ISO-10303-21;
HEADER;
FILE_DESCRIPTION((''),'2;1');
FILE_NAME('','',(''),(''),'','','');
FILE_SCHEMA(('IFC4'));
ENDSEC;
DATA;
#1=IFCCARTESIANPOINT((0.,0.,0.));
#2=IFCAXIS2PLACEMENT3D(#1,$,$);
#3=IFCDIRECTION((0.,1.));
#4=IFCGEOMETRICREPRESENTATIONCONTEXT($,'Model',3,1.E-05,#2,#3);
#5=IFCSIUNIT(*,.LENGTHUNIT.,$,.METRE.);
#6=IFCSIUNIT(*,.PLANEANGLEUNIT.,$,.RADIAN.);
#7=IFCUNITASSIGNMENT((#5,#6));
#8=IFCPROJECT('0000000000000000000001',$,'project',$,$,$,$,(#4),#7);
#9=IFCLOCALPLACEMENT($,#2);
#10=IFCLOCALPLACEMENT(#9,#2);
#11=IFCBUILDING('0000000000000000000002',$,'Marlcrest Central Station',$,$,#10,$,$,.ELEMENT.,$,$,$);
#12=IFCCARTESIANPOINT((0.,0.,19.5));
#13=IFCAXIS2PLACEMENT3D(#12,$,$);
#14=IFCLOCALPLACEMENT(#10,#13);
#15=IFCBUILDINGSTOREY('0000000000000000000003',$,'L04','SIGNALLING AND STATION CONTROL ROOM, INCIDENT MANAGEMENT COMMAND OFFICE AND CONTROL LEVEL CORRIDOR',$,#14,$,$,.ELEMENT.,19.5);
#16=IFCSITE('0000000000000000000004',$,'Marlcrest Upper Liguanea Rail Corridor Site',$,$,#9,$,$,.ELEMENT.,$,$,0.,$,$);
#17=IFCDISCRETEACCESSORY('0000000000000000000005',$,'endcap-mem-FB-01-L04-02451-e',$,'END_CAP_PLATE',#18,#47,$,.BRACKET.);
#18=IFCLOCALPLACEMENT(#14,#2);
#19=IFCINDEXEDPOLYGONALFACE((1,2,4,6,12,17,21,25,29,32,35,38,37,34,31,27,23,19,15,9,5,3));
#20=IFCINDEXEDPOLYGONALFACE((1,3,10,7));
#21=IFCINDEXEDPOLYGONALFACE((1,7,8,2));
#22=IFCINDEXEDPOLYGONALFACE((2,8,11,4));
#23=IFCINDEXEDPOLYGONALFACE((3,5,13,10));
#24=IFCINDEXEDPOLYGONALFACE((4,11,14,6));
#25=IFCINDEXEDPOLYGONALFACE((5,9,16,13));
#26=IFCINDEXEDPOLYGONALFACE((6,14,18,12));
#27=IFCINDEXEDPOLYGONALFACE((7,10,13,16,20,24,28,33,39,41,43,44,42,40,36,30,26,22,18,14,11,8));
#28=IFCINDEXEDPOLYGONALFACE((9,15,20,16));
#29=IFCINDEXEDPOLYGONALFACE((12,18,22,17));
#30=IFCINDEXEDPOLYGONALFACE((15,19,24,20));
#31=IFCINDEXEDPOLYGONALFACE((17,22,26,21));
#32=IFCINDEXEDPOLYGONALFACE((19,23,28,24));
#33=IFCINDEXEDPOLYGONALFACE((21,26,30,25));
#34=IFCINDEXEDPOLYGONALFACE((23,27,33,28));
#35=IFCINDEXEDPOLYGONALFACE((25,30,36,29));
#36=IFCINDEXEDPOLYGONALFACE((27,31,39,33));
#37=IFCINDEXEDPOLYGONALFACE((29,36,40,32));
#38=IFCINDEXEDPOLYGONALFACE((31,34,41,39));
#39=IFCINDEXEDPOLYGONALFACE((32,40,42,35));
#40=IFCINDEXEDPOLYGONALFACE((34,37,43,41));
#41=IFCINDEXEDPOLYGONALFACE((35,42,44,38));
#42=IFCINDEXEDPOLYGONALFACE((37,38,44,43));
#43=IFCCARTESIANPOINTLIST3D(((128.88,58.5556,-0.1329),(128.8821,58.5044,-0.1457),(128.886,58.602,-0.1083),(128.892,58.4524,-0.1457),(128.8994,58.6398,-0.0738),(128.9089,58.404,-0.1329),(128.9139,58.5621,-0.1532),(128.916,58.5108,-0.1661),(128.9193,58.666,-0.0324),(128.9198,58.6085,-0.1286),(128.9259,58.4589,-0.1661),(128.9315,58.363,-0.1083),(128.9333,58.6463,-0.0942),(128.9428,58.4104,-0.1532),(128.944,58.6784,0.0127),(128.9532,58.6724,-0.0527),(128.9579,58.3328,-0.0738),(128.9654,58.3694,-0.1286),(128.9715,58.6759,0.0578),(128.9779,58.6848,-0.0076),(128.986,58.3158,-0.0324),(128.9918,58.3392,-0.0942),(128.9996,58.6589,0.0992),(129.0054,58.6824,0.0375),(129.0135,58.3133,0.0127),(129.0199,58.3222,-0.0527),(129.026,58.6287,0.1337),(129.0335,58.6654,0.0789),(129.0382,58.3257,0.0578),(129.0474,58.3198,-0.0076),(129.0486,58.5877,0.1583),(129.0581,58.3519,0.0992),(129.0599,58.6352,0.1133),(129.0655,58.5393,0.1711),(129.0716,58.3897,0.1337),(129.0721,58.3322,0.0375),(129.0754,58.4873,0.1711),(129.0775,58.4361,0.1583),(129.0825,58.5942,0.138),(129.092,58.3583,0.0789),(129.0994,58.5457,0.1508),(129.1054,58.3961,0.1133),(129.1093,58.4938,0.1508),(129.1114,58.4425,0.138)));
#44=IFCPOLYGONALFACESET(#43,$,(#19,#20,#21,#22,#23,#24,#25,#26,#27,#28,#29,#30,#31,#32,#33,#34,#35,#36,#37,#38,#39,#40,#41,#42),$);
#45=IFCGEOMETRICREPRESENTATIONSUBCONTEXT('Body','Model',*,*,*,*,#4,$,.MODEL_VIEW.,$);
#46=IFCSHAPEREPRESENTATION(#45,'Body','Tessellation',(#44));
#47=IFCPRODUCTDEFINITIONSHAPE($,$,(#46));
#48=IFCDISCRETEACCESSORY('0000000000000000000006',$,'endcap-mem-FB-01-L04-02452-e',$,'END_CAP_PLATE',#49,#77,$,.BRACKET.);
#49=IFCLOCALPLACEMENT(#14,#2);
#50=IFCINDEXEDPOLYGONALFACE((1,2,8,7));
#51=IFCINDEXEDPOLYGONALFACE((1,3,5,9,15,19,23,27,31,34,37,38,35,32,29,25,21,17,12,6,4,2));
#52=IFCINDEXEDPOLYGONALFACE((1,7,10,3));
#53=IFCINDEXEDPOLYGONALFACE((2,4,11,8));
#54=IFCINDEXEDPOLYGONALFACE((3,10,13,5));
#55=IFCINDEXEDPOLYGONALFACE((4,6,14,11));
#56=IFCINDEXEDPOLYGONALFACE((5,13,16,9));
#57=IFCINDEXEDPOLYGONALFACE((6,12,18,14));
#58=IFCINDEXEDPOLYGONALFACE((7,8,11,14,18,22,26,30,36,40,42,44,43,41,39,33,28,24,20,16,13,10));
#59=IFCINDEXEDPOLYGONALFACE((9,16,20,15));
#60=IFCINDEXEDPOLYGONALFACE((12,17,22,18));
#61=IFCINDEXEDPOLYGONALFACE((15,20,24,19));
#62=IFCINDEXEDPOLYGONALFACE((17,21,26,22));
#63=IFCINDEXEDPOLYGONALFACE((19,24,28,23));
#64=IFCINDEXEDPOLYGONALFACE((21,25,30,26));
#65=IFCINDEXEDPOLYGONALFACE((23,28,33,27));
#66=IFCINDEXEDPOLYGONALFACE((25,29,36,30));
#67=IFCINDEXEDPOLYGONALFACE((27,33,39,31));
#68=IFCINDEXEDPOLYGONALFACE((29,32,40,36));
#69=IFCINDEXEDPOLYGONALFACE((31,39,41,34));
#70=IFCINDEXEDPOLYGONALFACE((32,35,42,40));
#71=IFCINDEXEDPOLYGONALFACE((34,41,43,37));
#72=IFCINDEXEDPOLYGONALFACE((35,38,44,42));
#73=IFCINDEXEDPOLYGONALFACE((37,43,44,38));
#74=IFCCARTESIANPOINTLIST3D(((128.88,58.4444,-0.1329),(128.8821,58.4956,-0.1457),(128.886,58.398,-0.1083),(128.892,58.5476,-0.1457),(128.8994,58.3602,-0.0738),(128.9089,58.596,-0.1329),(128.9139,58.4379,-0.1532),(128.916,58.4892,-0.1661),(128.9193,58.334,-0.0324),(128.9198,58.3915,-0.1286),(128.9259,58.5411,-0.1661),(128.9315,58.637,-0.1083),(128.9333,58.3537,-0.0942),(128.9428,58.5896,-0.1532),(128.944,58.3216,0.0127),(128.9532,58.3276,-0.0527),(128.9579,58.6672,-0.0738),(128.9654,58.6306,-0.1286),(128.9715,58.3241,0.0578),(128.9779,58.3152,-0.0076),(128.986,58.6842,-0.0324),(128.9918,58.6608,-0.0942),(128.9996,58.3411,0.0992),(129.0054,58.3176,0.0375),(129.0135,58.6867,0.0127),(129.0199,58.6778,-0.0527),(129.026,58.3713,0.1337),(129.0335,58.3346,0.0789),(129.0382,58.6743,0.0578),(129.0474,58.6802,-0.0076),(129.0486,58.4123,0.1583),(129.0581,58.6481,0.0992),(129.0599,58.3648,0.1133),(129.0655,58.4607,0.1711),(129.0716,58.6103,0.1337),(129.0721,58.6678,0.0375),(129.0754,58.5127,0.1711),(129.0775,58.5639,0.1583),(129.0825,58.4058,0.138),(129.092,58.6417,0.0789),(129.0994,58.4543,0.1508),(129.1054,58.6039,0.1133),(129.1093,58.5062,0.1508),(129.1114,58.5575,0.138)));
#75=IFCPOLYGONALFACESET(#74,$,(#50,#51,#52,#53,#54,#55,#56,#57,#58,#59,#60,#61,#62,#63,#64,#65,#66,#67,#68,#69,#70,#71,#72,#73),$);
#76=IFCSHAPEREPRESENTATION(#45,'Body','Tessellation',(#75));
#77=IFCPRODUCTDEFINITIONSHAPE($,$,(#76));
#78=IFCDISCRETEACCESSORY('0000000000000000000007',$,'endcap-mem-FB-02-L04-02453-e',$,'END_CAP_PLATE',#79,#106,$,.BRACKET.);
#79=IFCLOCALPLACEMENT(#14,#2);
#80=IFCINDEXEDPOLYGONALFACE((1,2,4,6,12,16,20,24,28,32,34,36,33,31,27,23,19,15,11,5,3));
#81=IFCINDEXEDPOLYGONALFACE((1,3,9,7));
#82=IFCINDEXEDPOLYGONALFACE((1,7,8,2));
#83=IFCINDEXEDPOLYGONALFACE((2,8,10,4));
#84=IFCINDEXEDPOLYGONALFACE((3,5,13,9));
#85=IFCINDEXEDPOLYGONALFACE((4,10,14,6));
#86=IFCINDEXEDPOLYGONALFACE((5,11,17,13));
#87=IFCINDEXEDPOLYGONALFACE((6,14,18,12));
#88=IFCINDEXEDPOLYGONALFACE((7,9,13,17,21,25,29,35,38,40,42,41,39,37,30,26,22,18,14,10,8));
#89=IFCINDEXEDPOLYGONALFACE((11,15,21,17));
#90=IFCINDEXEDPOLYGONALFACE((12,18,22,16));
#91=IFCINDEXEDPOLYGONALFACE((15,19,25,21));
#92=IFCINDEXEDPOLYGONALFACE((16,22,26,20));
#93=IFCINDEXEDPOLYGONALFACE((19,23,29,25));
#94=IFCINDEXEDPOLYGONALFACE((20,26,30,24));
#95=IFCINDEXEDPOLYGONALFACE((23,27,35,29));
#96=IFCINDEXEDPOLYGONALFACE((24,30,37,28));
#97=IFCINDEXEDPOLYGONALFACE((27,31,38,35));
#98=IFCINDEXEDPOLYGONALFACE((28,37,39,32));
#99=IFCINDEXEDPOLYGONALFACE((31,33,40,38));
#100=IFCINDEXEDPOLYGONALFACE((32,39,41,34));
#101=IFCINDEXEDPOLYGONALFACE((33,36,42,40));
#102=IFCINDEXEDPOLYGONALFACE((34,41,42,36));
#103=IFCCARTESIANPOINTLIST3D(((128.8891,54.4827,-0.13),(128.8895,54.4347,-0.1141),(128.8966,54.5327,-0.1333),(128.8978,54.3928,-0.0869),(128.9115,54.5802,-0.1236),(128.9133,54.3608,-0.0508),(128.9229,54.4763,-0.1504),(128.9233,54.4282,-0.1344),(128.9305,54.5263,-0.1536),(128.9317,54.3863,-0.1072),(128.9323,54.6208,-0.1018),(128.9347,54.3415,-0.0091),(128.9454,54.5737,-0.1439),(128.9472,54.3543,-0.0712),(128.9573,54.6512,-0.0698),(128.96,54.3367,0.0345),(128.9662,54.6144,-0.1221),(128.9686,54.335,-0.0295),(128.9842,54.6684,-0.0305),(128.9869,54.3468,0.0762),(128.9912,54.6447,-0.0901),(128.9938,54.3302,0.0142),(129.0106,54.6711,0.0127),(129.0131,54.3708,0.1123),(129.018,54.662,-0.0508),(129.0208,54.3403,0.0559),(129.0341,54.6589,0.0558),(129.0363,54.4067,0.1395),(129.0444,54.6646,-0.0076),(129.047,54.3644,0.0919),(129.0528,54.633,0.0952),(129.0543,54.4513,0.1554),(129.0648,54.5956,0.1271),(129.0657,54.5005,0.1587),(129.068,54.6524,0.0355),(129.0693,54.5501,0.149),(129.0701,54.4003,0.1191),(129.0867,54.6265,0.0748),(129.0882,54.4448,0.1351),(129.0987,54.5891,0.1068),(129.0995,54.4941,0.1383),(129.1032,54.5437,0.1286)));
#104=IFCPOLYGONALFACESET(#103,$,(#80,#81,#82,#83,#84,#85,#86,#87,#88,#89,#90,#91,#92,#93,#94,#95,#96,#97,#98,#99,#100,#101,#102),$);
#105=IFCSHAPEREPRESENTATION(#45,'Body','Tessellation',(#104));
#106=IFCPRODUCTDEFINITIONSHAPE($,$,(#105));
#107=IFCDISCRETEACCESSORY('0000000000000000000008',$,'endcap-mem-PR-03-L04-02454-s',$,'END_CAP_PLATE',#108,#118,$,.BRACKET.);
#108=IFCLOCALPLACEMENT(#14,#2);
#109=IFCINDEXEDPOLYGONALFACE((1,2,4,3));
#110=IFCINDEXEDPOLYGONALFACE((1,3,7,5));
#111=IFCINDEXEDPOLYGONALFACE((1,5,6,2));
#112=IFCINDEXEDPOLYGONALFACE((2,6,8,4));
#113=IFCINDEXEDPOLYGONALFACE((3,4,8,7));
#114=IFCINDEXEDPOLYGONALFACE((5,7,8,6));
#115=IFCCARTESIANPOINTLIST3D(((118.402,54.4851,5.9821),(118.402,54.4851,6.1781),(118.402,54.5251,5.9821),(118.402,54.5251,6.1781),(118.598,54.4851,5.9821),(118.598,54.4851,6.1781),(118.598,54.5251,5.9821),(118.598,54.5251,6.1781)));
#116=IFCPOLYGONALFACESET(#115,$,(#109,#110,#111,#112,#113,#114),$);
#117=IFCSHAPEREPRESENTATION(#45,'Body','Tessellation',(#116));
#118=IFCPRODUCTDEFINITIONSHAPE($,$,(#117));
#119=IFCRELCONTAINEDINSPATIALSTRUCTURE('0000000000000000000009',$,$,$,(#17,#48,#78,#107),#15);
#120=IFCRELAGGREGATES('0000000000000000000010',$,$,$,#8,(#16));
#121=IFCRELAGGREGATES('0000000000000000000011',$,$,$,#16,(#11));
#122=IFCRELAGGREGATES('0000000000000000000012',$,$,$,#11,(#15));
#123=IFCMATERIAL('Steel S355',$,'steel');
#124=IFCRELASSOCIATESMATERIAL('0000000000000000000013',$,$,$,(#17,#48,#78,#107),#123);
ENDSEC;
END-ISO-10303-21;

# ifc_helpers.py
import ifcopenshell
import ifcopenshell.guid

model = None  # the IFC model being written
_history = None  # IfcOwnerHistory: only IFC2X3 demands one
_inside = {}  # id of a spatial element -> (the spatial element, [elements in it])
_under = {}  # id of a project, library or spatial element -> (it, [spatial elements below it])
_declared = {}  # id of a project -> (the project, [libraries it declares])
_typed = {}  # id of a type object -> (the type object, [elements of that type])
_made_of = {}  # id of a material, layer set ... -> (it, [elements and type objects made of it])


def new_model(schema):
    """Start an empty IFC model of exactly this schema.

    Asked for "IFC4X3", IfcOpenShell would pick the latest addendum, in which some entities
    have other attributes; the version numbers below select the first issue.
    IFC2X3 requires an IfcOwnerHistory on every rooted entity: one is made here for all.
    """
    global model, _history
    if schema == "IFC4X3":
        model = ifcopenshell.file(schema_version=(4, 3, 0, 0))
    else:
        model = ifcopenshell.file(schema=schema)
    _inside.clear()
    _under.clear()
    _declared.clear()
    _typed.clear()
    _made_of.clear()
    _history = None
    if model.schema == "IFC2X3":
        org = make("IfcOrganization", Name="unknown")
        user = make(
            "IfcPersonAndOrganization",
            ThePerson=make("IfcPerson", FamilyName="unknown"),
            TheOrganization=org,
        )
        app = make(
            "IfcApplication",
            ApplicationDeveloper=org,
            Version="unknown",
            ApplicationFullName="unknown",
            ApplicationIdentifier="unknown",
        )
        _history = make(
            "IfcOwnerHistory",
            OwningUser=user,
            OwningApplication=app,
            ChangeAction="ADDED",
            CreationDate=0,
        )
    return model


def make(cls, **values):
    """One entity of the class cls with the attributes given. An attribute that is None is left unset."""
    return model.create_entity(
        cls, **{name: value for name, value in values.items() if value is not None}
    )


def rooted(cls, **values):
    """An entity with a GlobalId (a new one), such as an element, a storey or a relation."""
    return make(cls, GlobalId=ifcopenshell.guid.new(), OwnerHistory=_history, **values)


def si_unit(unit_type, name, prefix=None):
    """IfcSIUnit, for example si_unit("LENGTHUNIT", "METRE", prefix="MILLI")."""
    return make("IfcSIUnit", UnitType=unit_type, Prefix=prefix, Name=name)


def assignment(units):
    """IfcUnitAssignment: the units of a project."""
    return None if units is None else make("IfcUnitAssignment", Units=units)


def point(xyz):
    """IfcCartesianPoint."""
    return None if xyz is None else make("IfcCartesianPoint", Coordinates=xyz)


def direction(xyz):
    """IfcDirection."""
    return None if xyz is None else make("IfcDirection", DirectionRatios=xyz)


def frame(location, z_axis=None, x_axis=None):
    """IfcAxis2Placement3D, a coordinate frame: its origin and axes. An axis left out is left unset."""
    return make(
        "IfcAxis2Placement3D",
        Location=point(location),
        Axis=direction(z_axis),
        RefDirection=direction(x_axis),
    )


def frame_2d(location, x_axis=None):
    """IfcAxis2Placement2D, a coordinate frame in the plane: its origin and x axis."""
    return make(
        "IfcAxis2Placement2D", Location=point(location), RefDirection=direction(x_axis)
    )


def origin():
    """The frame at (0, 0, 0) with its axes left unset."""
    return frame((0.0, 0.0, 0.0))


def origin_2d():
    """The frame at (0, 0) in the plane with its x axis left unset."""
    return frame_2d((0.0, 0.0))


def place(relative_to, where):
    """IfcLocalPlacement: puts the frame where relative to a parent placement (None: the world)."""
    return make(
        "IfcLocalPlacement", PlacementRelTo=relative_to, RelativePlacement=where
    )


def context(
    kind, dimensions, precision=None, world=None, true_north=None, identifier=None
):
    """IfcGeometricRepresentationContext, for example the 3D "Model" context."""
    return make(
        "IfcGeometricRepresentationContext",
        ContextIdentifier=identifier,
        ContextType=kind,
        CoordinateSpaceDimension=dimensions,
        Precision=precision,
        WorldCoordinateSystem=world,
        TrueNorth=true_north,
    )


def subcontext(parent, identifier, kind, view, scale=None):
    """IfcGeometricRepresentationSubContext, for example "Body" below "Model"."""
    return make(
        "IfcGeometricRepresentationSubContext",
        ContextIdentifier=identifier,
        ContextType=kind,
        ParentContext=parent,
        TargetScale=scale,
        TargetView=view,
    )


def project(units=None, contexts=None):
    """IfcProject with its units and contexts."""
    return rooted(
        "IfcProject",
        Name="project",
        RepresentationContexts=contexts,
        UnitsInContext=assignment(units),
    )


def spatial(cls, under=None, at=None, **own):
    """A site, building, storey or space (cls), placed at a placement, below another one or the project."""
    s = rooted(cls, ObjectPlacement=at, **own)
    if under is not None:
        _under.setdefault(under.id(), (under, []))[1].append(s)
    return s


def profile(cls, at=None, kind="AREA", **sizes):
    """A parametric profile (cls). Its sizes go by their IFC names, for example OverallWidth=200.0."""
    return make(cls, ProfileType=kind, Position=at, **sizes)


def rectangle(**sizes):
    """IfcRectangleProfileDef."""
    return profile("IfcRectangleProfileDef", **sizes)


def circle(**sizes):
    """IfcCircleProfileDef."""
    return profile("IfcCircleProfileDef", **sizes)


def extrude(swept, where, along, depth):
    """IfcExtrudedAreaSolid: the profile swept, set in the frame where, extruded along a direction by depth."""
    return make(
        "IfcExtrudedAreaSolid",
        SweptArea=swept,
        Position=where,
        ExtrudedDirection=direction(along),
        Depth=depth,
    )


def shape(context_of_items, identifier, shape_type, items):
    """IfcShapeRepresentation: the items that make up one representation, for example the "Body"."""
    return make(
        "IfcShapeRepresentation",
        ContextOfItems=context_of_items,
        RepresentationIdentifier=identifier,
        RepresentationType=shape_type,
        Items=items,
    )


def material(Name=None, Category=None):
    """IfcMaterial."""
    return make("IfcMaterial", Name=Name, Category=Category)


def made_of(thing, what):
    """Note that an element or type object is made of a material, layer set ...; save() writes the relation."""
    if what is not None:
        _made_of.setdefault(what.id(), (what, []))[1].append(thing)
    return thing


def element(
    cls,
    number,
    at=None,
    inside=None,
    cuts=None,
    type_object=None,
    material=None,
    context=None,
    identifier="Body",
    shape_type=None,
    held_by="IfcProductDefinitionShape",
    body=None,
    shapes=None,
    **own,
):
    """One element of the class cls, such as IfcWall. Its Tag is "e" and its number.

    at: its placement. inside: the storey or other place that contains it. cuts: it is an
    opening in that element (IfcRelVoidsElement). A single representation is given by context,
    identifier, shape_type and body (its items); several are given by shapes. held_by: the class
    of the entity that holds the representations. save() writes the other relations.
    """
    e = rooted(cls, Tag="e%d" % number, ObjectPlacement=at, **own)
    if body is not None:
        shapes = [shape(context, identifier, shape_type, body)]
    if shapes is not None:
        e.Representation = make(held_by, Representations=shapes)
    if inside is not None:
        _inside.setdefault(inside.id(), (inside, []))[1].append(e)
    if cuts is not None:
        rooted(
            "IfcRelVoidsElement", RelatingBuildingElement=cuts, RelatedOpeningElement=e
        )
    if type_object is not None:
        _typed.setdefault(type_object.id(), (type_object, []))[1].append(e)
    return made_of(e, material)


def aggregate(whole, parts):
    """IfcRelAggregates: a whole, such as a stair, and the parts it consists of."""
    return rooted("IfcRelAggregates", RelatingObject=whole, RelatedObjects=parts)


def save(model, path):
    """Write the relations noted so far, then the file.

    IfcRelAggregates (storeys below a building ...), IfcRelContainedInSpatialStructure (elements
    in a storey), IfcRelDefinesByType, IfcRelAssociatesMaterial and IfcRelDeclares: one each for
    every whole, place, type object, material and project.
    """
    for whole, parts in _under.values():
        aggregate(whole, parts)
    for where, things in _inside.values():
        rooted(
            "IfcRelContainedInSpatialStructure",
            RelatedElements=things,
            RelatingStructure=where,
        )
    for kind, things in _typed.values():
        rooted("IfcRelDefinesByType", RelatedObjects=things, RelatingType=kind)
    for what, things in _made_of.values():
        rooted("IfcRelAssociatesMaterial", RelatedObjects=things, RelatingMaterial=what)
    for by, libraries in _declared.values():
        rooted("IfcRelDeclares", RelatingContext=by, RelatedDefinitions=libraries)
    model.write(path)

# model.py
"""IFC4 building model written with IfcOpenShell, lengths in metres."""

from ifc_helpers import new_model, si_unit, direction, frame, origin, origin_2d, place, context, subcontext, project, spatial, rectangle, circle, extrude, material, element, save


model = new_model("IFC4")

# Units and contexts
model_context = context("Model", 3, precision=1e-05, world=origin(), true_north=direction((0.0, 1.0)))
body_context = subcontext(model_context, "Body", "Model", "MODEL_VIEW")
ifc_project = project(units=[si_unit("LENGTHUNIT", "METRE"), si_unit("PLANEANGLEUNIT", "RADIAN")], contexts=[model_context])

# Site, building, storey
site_placement = place(None, origin())
site = spatial("IfcSite", under=ifc_project, at=site_placement, Name="Marlcrest Upper Liguanea Rail Corridor Site", CompositionType="ELEMENT", RefElevation=0.0)
building_placement = place(site_placement, origin())
building = spatial("IfcBuilding", under=site, at=building_placement, Name="Marlcrest Central Station", CompositionType="ELEMENT")
storey_placement = place(building_placement, frame((0.0, 0.0, 19.5)))
storey = spatial("IfcBuildingStorey", under=building, at=storey_placement, Name="L04", Description="SIGNALLING AND STATION CONTROL ROOM, INCIDENT MANAGEMENT COMMAND OFFICE AND CONTROL LEVEL CORRIDOR", CompositionType="ELEMENT", Elevation=19.5)

# Shared definitions
ifc_material_1 = material(Name="Steel S355", Category="steel")

# Discrete accessories
for number, where, z_axis, x_axis, name in (
    (1, (128.9788, 58.4958, 0.0127), (0.846277, 0.161196, -0.50777), (-0.187112, 0.982339, 0.0), "endcap-mem-FB-01-L04-02451-e"),
    (2, (128.9788, 58.5042, 0.0127), (0.846277, -0.161196, -0.50777), (0.187112, 0.982339, 0.0), "endcap-mem-FB-01-L04-02452-e"),
):
    element("IfcDiscreteAccessory", number, at=place(storey_placement, frame(where, z_axis=z_axis, x_axis=x_axis)), inside=storey, material=ifc_material_1, Name=name, ObjectType="END_CAP_PLATE", PredefinedType="BRACKET", context=body_context, shape_type="SweptSolid", body=[
        extrude(circle(Radius=0.1858, at=origin_2d()), origin(), (0.0, 0.0, 1.0), 0.04),
    ])
discrete_accessory_1_placement = place(storey_placement, frame((128.9788, 54.5042, 0.0127), z_axis=(0.846277, -0.161196, -0.50777), x_axis=(0.187112, 0.982339, 0.0)))
element("IfcDiscreteAccessory", 3, at=discrete_accessory_1_placement, inside=storey, material=ifc_material_1, Name="endcap-mem-FB-02-L04-02453-e", ObjectType="END_CAP_PLATE", PredefinedType="BRACKET", context=body_context, shape_type="SweptSolid", body=[
    extrude(circle(Radius=0.1699, at=origin_2d()), origin(), (0.0, 0.0, 1.0), 0.04),
])
discrete_accessory_2_placement = place(storey_placement, frame((118.5, 54.4851, 6.0801), z_axis=(0.0, 1.0, 0.0), x_axis=(-1.0, 0.0, 0.0)))
element("IfcDiscreteAccessory", 4, at=discrete_accessory_2_placement, inside=storey, material=ifc_material_1, Name="endcap-mem-PR-03-L04-02454-s", ObjectType="END_CAP_PLATE", PredefinedType="BRACKET", context=body_context, shape_type="SweptSolid", body=[
    extrude(rectangle(XDim=0.196, YDim=0.196, at=origin_2d()), origin(), (0.0, 0.0, 1.0), 0.04),
])

save(model, "model.ifc")
